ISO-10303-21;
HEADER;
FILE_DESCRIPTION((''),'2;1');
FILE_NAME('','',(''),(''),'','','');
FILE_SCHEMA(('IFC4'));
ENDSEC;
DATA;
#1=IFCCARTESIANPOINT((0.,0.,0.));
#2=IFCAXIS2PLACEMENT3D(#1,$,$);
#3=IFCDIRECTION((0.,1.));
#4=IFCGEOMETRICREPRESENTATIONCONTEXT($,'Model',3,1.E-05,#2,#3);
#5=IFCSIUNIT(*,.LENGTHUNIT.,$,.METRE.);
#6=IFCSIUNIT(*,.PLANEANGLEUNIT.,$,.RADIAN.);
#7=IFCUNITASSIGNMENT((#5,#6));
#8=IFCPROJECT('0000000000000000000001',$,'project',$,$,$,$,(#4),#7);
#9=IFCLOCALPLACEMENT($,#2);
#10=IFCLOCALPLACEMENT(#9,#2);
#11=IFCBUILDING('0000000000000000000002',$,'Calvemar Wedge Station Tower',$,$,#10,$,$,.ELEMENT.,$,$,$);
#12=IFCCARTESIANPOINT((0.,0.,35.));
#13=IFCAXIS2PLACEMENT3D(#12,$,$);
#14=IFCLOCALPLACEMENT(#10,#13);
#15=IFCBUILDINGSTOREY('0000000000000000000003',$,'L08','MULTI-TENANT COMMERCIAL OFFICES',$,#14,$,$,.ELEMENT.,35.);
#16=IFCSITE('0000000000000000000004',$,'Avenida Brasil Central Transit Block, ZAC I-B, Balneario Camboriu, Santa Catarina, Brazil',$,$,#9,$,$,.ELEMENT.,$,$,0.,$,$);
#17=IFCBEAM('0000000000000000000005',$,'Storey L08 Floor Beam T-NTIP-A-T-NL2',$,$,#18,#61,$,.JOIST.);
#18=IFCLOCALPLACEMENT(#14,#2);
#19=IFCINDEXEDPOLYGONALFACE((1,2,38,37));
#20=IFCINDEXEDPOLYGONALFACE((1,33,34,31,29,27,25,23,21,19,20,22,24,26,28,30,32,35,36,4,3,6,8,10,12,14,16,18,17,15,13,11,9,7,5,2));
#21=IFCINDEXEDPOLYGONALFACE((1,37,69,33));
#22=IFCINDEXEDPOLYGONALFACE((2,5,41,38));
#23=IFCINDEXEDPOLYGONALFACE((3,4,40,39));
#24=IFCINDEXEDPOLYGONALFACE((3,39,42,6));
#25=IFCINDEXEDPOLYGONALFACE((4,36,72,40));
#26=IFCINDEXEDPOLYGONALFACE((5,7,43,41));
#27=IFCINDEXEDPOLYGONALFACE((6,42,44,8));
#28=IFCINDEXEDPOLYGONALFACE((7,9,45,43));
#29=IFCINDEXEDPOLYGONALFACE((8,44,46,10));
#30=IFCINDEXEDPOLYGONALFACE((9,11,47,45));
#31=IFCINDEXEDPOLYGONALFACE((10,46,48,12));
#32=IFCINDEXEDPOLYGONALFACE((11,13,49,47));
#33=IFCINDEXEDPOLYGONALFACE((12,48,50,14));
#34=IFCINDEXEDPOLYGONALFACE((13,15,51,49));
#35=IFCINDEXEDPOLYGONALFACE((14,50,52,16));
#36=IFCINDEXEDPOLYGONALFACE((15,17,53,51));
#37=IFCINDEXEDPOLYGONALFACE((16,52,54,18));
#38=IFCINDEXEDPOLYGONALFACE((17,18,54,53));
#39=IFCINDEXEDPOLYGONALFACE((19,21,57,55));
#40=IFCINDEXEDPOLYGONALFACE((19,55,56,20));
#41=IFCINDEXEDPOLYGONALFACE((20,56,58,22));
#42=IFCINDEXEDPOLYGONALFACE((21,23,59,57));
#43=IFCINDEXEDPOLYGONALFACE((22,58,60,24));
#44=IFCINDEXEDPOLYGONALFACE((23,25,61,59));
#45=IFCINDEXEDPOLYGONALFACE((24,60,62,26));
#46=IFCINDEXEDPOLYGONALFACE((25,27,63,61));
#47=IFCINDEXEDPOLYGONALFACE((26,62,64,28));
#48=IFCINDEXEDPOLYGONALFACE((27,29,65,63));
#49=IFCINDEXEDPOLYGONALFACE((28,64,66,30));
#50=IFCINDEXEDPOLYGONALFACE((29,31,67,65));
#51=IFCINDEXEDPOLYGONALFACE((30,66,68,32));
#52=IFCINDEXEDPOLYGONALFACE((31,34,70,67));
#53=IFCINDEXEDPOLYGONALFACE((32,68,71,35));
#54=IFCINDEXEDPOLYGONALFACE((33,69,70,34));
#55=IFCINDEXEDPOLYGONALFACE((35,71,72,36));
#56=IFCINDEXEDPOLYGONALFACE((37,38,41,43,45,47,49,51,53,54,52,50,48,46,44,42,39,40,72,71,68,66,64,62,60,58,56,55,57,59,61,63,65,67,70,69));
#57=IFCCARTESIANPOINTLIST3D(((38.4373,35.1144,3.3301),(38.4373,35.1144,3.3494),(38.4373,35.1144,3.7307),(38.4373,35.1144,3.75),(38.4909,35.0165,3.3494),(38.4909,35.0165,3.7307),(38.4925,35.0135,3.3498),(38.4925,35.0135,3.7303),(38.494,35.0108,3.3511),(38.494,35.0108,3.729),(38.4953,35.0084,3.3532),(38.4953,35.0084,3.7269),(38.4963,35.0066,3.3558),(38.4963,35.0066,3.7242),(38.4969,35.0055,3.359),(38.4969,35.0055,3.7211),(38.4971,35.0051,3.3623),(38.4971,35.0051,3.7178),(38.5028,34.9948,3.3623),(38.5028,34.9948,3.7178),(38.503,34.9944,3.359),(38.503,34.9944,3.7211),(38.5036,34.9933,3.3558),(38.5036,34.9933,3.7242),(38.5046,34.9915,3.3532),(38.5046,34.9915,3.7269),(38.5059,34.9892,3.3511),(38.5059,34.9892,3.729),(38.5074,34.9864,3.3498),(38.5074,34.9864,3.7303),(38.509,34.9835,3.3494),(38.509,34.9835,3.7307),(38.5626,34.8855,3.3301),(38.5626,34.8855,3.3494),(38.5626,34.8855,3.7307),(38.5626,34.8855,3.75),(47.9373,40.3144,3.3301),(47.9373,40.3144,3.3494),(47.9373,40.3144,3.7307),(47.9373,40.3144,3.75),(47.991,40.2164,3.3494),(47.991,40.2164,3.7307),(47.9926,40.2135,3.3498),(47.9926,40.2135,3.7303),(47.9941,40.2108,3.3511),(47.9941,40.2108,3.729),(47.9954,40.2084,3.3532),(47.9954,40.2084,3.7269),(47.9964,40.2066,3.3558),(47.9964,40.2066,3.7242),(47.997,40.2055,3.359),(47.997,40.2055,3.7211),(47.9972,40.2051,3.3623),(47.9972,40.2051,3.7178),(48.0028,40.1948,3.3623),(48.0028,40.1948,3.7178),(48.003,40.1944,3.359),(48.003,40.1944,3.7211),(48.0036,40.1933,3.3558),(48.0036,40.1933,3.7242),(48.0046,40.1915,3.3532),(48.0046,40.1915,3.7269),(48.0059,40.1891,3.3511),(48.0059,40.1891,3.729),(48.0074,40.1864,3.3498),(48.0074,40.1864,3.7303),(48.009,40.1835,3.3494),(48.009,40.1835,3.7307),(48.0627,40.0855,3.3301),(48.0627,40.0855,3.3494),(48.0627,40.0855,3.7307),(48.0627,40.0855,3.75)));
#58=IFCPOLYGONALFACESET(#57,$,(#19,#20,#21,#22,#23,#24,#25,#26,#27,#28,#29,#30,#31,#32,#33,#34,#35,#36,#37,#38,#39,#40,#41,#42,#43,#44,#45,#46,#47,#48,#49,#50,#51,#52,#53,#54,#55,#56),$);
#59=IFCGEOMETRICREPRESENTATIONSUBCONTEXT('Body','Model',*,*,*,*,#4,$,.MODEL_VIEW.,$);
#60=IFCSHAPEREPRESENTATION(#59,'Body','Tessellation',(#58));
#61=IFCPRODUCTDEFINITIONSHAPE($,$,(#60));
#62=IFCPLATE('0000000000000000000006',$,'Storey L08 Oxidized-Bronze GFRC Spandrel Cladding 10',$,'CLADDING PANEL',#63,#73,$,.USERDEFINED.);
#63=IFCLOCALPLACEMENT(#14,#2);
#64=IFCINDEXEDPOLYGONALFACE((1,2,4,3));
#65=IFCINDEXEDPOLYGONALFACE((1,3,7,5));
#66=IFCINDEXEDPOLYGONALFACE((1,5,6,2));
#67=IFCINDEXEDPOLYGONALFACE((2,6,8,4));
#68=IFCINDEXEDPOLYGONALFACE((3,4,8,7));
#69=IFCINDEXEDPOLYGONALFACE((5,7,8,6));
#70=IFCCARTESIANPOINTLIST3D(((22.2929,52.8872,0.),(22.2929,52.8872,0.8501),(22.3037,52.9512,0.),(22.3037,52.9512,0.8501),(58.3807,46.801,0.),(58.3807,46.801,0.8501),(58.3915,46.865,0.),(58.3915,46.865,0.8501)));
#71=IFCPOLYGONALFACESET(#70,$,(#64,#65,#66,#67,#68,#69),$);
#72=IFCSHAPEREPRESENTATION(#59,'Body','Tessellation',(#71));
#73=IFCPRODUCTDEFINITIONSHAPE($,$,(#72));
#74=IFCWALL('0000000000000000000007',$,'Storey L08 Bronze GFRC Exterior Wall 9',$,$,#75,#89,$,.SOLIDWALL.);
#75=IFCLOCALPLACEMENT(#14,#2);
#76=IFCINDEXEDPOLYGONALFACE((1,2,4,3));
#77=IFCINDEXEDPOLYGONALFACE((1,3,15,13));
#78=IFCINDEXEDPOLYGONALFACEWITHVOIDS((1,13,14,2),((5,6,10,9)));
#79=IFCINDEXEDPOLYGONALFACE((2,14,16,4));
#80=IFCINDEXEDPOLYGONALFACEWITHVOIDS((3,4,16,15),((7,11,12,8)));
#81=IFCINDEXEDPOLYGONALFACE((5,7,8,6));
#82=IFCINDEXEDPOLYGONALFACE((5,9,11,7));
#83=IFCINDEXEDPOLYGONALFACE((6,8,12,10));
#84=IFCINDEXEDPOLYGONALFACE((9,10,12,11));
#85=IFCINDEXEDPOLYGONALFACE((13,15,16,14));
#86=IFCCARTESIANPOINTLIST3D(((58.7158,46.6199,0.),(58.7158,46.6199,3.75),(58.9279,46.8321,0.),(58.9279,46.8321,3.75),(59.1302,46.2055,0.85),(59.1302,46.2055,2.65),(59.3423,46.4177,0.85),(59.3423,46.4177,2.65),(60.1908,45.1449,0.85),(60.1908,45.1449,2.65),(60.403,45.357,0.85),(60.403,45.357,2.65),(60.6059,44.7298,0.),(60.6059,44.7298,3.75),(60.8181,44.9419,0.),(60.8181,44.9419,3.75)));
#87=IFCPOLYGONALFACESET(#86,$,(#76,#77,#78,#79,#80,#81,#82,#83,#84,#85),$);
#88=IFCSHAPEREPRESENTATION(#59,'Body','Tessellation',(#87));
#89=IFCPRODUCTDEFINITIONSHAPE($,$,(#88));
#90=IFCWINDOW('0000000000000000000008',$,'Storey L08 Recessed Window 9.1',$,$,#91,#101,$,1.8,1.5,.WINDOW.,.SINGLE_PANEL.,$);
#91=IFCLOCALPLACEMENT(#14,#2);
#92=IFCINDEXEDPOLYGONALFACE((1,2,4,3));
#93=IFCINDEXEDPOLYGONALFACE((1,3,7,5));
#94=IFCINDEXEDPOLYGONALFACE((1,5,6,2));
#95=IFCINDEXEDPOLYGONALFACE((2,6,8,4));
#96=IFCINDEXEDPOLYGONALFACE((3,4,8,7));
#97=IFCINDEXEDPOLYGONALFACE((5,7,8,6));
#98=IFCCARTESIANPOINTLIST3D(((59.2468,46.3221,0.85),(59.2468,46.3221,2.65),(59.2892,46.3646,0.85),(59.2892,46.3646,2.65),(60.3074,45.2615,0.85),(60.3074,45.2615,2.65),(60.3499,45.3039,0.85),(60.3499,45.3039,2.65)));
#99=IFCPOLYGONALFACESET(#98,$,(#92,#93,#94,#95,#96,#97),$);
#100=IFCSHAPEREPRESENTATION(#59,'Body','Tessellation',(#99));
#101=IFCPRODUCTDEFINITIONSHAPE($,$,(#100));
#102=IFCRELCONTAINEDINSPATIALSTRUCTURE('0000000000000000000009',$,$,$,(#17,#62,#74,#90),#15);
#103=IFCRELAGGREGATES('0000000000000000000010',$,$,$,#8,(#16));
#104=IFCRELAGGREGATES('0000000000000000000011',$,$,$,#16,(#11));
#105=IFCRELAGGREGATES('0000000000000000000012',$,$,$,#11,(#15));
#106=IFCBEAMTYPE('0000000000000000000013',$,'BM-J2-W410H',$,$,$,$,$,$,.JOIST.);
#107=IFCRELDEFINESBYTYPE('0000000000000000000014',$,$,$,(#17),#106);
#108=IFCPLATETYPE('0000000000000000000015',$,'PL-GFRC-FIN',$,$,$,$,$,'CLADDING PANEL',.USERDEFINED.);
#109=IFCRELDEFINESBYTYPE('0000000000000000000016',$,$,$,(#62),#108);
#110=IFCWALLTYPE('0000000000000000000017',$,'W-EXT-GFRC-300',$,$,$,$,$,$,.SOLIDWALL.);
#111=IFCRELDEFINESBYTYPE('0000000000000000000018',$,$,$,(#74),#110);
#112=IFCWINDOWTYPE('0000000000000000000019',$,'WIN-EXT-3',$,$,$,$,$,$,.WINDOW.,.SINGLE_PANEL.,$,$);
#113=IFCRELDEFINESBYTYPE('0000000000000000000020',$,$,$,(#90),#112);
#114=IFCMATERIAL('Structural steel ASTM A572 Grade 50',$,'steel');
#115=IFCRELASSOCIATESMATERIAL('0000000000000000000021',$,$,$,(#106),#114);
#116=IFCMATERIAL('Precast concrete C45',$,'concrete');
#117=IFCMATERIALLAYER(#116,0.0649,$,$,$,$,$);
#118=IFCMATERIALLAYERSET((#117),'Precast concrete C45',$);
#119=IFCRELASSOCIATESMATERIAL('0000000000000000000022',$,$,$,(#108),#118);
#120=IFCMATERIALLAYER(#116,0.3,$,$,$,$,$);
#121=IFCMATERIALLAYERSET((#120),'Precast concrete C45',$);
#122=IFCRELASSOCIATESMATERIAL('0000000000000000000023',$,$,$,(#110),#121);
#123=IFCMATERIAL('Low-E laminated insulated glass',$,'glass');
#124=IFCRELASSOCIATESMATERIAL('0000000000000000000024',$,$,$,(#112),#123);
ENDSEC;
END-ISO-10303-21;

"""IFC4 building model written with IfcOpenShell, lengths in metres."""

from ifc_helpers import new_model, si_unit, direction, frame, frame_2d, origin, origin_2d, place, context, subcontext, project, spatial, rectangle, i_section, extrude, source, transform, mapped, material, layer, layer_set, material_profile, profile_set, type_object, element, fill, save


model = new_model("IFC4")

# Units and contexts
model_context = context("Model", 3, precision=1e-05, world=origin(), true_north=direction((0.0, 1.0)))
body_context = subcontext(model_context, "Body", "Model", "MODEL_VIEW")
ifc_project = project(units=[si_unit("LENGTHUNIT", "METRE"), si_unit("PLANEANGLEUNIT", "RADIAN")], contexts=[model_context])

# Site, building, storey
site_placement = place(None, origin())
site = spatial("IfcSite", under=ifc_project, at=site_placement, Name="Avenida Brasil Central Transit Block, ZAC I-B, Balneario Camboriu, Santa Catarina, Brazil", CompositionType="ELEMENT", RefElevation=0.0)
building_placement = place(site_placement, origin())
building = spatial("IfcBuilding", under=site, at=building_placement, Name="Calvemar Wedge Station Tower", CompositionType="ELEMENT")
storey_placement = place(building_placement, frame((0.0, 0.0, 35.0)))
storey = spatial("IfcBuildingStorey", under=building, at=storey_placement, Name="L08", Description="MULTI-TENANT COMMERCIAL OFFICES", CompositionType="ELEMENT", Elevation=35.0)

# Shared definitions
ifc_material_1 = material(Name="Structural steel ASTM A572 Grade 50", Category="steel")

# Beam
ifc_material_profile_1 = material_profile(ifc_material_1, i_section(OverallWidth=0.261, OverallDepth=0.4199, WebThickness=0.0117, FlangeThickness=0.0193, FilletRadius=0.0129, at=origin_2d()), Name="W410x114")
ifc_profile_set_1 = profile_set([ifc_material_profile_1], Name="Structural steel ASTM A572 Grade 50")
beam_type_1 = type_object("IfcBeamType", Name="BM-J2-W410H", PredefinedType="JOIST", material=ifc_profile_set_1)
shared_shape_1 = source(origin(), body_context, "Body", "SweptSolid", [
    extrude(i_section(OverallWidth=0.261, OverallDepth=0.4199, WebThickness=0.0117, FlangeThickness=0.0193, FilletRadius=0.0129, at=origin_2d()), origin(), (0.0, 0.0, 1.0), 10.8301),
])
beam_1_placement = place(storey_placement, frame((48.0, 40.2, 3.54), z_axis=(-0.877191, -0.480142, 0.0), x_axis=(0.480142, -0.877191, 0.0)))
element("IfcBeam", 1, at=beam_1_placement, inside=storey, type_object=beam_type_1, Name="Storey L08 Floor Beam T-NTIP-A-T-NL2", PredefinedType="JOIST", context=body_context, shape_type="MappedRepresentation", body=[
    mapped(shared_shape_1, transform((0.0, 0.0, 0.0), scale=1.0)),
])

# Plate
ifc_material_2 = material(Name="Precast concrete C45", Category="concrete")
ifc_layer_1 = layer(ifc_material_2, 0.0649)
ifc_layer_set_1 = layer_set([ifc_layer_1], Name="Precast concrete C45")
plate_type = type_object("IfcPlateType", Name="PL-GFRC-FIN", ElementType="CLADDING PANEL", PredefinedType="USERDEFINED", material=ifc_layer_set_1)
plate_placement = place(storey_placement, frame((58.3862, 46.833, 0.0), z_axis=(0.0, 0.0, 1.0), x_axis=(-0.986075, 0.1663, 0.0)))
element("IfcPlate", 2, at=plate_placement, inside=storey, type_object=plate_type, Name="Storey L08 Oxidized-Bronze GFRC Spandrel Cladding 10", ObjectType="CLADDING PANEL", PredefinedType="USERDEFINED", context=body_context, shape_type="SweptSolid", body=[
    extrude(rectangle(XDim=36.5974, YDim=0.0649, at=frame_2d((18.2988, 0.0))), origin(), (0.0, 0.0, 1.0), 0.8501),
])

# Wall, opening, window
ifc_layer_2 = layer(ifc_material_2, 0.3)
ifc_layer_set_2 = layer_set([ifc_layer_2], Name="Precast concrete C45")
wall_type_1 = type_object("IfcWallType", Name="W-EXT-GFRC-300", PredefinedType="SOLIDWALL", material=ifc_layer_set_2)
wall_1_placement = place(storey_placement, frame((60.7119, 44.8359, 0.0), z_axis=(0.0, 0.0, 1.0), x_axis=(-0.707107, 0.707107, 0.0)))
wall_1 = element("IfcWall", 3, at=wall_1_placement, inside=storey, type_object=wall_type_1, Name="Storey L08 Bronze GFRC Exterior Wall 9", PredefinedType="SOLIDWALL", context=body_context, shape_type="SweptSolid", body=[
    extrude(rectangle(XDim=2.6731, YDim=0.3, at=frame_2d((1.3364, 0.0))), origin(), (0.0, 0.0, 1.0), 3.75),
])
shared_shape_2 = source(origin(), body_context, "Body", "SweptSolid", [
    extrude(rectangle(XDim=1.5, YDim=1.8, at=frame_2d((0.75, 0.8999))), frame((0.0, 0.1602, 0.0), z_axis=(0.0, -1.0, 0.0), x_axis=(1.0, 0.0, 0.0)), (0.0, 0.0, 1.0), 0.3201),
])
opening_1_placement = place(wall_1_placement, frame((0.5869, 0.0, 0.8501)))
opening_1 = element("IfcOpeningElement", 4, at=opening_1_placement, cuts=wall_1, PredefinedType="OPENING", context=body_context, shape_type="MappedRepresentation", body=[
    mapped(shared_shape_2, transform((0.0, 0.0, 0.0), scale=1.0)),
])
ifc_material_3 = material(Name="Low-E laminated insulated glass", Category="glass")
window_type_1 = type_object("IfcWindowType", Name="WIN-EXT-3", PartitioningType="SINGLE_PANEL", PredefinedType="WINDOW", material=ifc_material_3)
shared_shape_3 = source(origin(), body_context, "Body", "SweptSolid", [
    extrude(rectangle(XDim=1.5, YDim=1.8, at=frame_2d((0.75, 0.8999))), frame((0.0, -0.0149, 0.0), z_axis=(0.0, -1.0, 0.0), x_axis=(1.0, 0.0, 0.0)), (0.0, 0.0, 1.0), 0.0601),
])
window_1_placement = place(opening_1_placement, origin())
window_1 = element("IfcWindow", 5, at=window_1_placement, inside=storey, type_object=window_type_1, Name="Storey L08 Recessed Window 9.1", OverallHeight=1.8, OverallWidth=1.5, PartitioningType="SINGLE_PANEL", PredefinedType="WINDOW", context=body_context, shape_type="MappedRepresentation", body=[
    mapped(shared_shape_3, transform((0.0, 0.0, 0.0), scale=1.0)),
])
fill(opening_1, window_1)

save(model, "model.ifc")
